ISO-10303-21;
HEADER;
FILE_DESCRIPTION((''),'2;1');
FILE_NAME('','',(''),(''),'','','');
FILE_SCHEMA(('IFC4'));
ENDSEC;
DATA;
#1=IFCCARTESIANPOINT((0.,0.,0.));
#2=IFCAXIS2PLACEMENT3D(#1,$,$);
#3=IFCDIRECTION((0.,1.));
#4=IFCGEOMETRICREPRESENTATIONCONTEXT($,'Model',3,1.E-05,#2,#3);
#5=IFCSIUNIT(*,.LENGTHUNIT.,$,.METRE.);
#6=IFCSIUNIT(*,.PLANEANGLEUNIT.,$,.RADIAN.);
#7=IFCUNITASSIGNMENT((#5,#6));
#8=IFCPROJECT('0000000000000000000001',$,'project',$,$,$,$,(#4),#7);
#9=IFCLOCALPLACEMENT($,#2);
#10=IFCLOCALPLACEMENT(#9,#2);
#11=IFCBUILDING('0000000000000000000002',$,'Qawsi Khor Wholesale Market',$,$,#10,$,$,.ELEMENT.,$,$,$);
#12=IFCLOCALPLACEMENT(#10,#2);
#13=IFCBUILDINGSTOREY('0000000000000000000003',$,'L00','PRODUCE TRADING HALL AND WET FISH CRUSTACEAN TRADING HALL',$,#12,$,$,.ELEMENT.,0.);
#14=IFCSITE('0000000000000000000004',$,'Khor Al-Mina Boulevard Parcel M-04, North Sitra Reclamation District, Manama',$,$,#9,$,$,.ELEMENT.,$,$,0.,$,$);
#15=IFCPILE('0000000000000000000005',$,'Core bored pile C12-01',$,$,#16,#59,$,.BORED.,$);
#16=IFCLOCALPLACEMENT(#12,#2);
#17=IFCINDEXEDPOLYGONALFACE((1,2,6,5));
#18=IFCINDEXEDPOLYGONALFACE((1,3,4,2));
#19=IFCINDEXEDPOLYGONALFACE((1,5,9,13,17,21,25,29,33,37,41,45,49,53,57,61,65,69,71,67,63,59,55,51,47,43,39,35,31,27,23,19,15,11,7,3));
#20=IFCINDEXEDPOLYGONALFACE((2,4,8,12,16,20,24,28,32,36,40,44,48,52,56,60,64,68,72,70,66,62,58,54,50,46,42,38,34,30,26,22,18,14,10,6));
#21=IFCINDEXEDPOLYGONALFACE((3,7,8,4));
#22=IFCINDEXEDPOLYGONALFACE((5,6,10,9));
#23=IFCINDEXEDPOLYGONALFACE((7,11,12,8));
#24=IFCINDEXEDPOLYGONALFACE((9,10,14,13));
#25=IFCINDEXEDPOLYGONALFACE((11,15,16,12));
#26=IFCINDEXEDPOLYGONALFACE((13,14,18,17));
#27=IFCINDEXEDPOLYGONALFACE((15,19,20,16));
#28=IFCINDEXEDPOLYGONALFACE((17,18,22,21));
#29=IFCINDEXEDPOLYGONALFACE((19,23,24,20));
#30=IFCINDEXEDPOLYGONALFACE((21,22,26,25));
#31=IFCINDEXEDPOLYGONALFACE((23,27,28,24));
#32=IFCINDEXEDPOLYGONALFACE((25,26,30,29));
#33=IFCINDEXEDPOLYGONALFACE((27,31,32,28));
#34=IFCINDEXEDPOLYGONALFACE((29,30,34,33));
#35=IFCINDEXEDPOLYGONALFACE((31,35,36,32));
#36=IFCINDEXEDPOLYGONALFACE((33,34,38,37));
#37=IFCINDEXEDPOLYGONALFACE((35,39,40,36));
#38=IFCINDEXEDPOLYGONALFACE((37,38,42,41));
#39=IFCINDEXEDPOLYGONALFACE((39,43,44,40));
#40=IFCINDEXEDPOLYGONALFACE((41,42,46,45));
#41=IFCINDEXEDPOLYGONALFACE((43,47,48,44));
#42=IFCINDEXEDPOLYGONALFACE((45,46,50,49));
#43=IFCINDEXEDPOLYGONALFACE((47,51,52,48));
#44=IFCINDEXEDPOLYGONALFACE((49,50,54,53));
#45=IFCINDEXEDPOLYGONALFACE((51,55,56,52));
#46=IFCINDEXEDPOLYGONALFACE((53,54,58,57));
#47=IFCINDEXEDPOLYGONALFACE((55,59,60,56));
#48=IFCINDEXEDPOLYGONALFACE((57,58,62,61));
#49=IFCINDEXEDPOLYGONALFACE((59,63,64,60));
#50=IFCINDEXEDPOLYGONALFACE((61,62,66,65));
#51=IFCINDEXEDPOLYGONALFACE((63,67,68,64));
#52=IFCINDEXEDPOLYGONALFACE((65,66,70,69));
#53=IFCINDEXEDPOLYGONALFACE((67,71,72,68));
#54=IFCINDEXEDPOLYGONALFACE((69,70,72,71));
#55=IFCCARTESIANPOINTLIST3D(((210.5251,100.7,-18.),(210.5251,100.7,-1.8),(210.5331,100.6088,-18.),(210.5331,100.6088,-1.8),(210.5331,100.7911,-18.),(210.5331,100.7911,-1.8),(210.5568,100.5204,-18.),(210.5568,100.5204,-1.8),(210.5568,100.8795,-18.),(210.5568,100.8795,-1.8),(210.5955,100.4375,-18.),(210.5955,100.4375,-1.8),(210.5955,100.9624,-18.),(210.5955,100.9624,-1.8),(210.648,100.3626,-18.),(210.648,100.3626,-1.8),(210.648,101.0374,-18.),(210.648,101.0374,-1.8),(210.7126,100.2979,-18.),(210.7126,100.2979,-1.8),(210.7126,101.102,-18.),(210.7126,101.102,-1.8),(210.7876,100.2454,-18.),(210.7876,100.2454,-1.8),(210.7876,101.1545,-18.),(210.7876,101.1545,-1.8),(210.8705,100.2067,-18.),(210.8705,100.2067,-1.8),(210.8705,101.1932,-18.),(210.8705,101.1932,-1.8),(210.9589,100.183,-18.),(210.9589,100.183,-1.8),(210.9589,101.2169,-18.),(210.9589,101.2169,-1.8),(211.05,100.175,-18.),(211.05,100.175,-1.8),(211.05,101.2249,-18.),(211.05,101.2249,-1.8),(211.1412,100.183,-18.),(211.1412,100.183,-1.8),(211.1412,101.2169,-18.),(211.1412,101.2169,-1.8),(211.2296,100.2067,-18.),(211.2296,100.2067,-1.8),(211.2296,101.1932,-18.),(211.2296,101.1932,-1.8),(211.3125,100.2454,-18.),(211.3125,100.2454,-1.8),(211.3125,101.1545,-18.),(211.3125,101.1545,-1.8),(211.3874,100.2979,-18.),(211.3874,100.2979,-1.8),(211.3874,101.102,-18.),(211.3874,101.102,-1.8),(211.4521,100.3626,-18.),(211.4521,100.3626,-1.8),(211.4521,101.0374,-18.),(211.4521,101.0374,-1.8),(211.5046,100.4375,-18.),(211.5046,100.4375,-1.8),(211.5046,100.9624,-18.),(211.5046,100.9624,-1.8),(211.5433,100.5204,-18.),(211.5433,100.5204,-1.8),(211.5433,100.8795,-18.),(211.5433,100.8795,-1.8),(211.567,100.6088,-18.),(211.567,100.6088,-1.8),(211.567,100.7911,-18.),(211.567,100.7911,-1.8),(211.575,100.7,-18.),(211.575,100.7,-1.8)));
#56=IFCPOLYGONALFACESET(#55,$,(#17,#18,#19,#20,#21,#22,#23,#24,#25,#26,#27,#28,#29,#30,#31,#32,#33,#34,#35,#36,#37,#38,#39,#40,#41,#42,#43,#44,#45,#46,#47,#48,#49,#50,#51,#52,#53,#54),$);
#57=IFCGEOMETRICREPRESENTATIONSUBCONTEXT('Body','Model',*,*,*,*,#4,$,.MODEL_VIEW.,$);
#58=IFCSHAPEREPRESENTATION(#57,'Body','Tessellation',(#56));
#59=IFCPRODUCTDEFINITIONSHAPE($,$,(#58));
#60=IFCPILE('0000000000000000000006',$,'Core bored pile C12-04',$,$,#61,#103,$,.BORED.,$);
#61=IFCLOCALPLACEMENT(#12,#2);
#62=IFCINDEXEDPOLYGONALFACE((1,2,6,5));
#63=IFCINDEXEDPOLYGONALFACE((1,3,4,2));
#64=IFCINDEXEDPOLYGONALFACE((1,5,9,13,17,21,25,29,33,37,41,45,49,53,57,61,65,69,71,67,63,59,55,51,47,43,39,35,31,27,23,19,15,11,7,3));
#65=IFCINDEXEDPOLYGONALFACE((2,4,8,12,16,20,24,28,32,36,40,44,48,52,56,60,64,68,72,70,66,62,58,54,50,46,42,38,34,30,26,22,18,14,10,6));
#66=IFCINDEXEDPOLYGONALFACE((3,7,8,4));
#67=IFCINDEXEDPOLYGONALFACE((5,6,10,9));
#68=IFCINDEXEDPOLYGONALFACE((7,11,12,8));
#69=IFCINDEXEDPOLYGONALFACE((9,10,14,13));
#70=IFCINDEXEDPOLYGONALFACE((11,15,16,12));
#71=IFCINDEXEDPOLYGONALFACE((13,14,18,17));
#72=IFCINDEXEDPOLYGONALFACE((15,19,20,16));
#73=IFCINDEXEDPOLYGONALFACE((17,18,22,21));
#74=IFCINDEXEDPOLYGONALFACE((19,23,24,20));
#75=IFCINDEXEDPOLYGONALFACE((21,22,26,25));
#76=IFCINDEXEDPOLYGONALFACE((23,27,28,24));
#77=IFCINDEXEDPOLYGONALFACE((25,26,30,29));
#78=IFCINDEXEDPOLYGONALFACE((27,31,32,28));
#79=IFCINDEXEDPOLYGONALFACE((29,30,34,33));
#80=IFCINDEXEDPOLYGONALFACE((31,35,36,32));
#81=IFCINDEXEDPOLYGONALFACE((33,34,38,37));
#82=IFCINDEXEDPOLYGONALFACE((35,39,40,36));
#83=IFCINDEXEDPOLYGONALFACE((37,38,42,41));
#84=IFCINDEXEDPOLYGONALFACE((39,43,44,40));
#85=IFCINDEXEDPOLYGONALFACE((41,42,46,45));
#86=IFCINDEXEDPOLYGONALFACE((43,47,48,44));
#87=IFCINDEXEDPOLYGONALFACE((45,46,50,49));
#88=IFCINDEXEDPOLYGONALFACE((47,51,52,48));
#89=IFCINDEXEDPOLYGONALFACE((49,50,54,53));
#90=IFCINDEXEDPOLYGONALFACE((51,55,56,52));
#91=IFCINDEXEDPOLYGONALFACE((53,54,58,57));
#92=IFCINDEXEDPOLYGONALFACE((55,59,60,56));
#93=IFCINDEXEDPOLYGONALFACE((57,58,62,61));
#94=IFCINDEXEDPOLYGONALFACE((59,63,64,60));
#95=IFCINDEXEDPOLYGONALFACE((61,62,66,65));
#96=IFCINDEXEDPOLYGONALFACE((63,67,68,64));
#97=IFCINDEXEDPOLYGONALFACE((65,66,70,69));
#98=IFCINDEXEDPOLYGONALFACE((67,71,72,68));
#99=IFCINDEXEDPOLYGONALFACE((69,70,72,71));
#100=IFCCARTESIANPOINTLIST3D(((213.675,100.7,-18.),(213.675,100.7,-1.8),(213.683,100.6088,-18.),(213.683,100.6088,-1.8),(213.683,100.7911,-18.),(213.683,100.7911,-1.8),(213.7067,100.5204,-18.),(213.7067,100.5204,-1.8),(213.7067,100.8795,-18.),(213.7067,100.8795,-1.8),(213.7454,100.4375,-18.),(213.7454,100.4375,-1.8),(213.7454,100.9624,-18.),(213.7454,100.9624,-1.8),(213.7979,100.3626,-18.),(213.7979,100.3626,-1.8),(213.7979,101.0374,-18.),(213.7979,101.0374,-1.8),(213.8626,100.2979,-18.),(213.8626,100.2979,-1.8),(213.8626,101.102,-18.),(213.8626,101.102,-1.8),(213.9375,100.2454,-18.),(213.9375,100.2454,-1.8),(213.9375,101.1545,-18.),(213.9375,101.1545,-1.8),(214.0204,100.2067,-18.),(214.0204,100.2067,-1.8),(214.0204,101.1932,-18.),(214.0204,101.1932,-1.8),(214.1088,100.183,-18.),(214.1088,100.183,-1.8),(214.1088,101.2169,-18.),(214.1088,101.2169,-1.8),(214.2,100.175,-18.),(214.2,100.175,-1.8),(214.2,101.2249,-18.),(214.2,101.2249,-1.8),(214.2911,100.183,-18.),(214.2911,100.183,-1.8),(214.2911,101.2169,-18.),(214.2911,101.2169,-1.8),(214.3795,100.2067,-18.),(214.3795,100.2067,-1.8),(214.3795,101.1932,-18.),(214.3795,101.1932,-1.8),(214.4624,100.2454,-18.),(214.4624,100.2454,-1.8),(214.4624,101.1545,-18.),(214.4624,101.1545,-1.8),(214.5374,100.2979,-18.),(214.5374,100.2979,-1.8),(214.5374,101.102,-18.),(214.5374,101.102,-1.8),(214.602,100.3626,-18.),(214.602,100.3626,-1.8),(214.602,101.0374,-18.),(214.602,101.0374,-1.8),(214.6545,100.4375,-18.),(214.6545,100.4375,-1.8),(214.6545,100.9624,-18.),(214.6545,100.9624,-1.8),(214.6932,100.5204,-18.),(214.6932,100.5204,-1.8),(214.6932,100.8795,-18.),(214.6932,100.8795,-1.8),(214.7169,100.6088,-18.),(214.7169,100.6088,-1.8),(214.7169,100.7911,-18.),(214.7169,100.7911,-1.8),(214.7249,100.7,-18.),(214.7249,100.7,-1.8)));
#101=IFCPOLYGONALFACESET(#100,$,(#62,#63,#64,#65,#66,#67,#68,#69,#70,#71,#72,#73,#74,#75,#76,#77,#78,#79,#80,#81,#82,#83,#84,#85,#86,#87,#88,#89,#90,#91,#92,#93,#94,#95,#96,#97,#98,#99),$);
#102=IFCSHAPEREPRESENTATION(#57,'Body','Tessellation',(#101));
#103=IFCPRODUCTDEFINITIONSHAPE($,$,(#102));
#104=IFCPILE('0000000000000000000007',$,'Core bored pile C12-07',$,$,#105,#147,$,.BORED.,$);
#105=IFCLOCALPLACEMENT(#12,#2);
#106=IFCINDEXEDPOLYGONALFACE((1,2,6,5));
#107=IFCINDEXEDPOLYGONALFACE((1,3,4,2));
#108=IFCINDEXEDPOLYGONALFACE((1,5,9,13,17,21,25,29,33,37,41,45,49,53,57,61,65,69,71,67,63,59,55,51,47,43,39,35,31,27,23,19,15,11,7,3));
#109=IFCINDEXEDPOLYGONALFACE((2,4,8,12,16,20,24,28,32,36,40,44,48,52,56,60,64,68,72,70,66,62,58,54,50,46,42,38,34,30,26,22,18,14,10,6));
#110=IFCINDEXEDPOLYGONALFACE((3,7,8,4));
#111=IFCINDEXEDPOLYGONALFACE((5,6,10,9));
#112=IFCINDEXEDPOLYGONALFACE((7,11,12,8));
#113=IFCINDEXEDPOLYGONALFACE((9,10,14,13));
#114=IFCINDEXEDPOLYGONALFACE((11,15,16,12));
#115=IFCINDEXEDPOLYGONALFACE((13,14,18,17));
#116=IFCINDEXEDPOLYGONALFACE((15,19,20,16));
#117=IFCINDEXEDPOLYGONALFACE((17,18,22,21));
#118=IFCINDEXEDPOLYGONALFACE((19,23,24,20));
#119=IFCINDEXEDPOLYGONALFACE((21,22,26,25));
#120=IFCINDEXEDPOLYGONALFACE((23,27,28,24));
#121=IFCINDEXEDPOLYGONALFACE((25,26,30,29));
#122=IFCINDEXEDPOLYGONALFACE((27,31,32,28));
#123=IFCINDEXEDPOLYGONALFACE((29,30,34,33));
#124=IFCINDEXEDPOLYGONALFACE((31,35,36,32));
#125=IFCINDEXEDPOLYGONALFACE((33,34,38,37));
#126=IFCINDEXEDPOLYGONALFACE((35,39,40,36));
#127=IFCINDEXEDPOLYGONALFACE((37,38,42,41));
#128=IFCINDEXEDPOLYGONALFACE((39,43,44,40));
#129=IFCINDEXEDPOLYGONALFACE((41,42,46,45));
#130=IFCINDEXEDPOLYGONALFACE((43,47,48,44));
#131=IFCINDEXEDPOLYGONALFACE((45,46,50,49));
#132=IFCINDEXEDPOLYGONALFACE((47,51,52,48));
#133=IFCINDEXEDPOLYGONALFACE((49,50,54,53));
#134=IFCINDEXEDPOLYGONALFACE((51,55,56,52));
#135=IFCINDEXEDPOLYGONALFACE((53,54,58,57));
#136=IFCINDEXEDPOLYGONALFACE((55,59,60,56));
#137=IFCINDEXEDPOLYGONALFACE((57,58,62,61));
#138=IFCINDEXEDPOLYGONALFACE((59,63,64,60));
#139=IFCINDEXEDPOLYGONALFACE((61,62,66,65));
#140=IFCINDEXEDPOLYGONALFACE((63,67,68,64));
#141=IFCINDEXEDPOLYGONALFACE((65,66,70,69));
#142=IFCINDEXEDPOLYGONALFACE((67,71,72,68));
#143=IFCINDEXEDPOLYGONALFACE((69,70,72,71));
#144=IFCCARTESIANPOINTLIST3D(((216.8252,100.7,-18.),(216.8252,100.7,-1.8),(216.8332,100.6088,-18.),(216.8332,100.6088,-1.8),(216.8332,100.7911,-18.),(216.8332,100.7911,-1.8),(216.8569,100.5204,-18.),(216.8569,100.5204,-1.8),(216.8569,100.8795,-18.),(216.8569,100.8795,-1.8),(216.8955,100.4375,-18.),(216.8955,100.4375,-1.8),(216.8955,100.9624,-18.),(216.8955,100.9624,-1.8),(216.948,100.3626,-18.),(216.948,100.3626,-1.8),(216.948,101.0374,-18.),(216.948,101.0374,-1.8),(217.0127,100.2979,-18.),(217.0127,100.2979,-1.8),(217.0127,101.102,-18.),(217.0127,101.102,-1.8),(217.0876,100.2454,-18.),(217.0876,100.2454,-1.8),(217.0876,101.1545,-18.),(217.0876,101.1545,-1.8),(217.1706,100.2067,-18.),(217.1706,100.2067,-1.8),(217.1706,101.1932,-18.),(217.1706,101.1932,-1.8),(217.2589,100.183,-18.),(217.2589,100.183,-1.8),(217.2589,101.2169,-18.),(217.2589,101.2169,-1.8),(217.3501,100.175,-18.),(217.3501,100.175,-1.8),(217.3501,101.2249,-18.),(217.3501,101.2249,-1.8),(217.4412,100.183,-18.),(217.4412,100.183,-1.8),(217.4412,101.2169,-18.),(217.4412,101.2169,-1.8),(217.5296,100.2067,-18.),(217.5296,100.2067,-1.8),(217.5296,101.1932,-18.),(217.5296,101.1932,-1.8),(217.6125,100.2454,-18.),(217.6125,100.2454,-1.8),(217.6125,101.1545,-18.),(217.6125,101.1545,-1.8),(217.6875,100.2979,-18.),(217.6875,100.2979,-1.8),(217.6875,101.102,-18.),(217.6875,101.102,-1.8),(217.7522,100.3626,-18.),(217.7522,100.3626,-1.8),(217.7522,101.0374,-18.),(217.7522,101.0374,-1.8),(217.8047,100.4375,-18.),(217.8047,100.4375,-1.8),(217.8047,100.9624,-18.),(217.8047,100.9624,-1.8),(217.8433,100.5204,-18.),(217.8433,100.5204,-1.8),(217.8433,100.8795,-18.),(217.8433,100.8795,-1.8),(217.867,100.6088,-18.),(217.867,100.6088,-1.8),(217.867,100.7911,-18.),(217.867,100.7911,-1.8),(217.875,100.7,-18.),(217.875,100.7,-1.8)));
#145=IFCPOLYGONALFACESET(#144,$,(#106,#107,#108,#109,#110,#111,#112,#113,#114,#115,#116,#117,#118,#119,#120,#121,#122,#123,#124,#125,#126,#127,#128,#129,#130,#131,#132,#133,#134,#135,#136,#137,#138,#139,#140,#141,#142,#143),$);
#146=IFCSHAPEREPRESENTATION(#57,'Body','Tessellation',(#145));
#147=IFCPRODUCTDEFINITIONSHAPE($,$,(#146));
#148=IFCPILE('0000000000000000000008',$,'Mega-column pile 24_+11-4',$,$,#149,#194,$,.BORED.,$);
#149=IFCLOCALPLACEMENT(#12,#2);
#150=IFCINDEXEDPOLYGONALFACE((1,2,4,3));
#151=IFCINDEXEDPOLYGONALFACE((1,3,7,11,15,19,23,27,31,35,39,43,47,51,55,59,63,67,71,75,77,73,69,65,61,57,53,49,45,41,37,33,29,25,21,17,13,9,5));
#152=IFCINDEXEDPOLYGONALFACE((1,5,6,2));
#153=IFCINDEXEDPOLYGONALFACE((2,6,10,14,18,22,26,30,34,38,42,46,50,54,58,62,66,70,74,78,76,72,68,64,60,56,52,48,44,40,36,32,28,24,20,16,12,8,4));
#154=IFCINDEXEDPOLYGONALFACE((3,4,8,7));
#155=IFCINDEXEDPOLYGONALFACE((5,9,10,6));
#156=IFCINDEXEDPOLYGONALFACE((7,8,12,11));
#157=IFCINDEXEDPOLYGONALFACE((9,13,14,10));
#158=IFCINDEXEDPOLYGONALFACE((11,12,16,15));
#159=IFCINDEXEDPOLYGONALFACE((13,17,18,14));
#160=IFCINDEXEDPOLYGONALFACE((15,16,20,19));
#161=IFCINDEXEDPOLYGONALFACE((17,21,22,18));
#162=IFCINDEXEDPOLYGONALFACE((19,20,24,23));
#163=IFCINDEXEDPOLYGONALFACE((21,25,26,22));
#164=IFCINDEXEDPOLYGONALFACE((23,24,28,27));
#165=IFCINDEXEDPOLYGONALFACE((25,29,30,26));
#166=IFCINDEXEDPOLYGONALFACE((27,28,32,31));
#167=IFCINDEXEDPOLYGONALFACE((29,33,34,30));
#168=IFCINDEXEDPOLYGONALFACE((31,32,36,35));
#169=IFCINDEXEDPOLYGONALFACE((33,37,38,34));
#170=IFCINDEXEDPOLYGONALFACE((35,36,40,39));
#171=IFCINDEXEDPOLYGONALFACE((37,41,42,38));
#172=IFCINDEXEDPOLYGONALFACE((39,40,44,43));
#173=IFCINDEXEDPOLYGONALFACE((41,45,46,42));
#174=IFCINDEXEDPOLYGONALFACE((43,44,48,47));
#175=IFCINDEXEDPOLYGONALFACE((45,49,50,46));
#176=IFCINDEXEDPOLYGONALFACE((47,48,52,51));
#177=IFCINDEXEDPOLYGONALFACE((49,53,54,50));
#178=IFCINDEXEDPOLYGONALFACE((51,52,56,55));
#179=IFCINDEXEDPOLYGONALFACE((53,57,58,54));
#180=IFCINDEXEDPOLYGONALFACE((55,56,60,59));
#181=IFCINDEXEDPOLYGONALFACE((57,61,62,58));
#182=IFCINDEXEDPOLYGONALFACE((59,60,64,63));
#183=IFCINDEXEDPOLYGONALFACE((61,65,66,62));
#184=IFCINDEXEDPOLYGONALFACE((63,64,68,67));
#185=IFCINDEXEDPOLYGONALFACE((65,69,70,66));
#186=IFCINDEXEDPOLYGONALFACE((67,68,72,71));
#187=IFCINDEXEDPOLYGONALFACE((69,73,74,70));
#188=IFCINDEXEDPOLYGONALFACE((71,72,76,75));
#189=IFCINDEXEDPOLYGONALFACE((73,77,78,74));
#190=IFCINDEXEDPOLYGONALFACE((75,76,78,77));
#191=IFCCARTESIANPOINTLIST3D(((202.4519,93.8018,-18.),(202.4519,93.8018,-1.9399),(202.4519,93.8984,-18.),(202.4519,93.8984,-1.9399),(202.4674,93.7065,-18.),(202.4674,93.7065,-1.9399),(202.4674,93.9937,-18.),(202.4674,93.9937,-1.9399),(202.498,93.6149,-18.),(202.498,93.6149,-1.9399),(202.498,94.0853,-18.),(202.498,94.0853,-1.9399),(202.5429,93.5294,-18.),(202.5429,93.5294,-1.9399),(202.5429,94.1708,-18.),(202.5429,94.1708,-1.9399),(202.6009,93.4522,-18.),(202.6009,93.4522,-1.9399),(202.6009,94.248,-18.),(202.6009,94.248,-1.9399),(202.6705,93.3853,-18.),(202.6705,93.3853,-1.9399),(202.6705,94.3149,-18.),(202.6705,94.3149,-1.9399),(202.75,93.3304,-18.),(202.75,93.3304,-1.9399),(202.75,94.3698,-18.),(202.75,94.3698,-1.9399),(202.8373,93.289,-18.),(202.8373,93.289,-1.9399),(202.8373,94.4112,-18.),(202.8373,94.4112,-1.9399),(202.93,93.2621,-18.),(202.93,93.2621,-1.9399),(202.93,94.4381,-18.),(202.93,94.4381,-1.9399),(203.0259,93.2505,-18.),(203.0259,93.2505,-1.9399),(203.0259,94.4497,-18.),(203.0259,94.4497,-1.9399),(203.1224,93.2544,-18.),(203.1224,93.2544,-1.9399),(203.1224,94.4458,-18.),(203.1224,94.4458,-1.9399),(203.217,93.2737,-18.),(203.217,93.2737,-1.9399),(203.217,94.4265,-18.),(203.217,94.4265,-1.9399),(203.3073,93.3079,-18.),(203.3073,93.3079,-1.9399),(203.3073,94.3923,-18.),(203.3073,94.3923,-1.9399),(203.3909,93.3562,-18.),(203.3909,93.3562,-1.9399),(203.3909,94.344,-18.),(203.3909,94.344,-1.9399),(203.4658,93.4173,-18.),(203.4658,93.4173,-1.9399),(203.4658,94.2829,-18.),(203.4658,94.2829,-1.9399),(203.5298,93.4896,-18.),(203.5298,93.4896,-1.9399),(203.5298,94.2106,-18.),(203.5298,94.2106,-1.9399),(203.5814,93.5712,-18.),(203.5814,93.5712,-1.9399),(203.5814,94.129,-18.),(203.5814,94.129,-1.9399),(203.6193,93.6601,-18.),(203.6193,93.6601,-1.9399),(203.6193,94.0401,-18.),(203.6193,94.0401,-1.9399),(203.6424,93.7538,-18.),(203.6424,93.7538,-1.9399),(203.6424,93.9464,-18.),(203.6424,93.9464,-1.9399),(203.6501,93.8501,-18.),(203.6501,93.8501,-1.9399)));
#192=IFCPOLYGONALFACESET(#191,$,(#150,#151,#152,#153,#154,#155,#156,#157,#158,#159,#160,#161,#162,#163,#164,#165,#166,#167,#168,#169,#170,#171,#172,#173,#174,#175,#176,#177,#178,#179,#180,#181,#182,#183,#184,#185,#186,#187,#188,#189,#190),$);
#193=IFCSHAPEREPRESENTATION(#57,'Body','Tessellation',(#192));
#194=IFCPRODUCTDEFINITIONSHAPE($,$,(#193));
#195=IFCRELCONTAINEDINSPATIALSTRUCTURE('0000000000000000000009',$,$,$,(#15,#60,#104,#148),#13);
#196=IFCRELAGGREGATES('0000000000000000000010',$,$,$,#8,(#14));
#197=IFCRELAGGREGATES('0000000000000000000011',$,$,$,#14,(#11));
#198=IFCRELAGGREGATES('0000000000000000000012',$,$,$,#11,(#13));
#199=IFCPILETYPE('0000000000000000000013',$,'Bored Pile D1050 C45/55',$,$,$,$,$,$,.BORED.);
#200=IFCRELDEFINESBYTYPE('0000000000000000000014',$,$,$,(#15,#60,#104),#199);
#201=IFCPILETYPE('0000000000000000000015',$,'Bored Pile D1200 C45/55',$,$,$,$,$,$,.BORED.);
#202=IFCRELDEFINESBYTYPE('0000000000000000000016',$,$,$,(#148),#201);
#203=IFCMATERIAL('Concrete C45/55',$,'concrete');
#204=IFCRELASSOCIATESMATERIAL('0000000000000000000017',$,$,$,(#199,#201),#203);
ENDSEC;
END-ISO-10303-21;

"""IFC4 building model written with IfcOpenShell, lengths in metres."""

from ifc_helpers import new_model, si_unit, direction, frame, origin, origin_2d, place, context, subcontext, project, spatial, circle, extrude, material, material_profile, profile_set, type_object, element, save


model = new_model("IFC4")

# Units and contexts
model_context = context("Model", 3, precision=1e-05, world=origin(), true_north=direction((0.0, 1.0)))
body_context = subcontext(model_context, "Body", "Model", "MODEL_VIEW")
ifc_project = project(units=[si_unit("LENGTHUNIT", "METRE"), si_unit("PLANEANGLEUNIT", "RADIAN")], contexts=[model_context])

# Site, building, storey
site_placement = place(None, origin())
site = spatial("IfcSite", under=ifc_project, at=site_placement, Name="Khor Al-Mina Boulevard Parcel M-04, North Sitra Reclamation District, Manama", CompositionType="ELEMENT", RefElevation=0.0)
building_placement = place(site_placement, origin())
building = spatial("IfcBuilding", under=site, at=building_placement, Name="Qawsi Khor Wholesale Market", CompositionType="ELEMENT")
storey_placement = place(building_placement, origin())
storey = spatial("IfcBuildingStorey", under=building, at=storey_placement, Name="L00", Description="PRODUCE TRADING HALL AND WET FISH CRUSTACEAN TRADING HALL", CompositionType="ELEMENT", Elevation=0.0)

# Piles
ifc_material_1 = material(Name="Concrete C45/55", Category="concrete")
ifc_material_profile_1 = material_profile(ifc_material_1, circle(Radius=0.5249, at=origin_2d()), Name="PILE D1050")
ifc_profile_set_1 = profile_set([ifc_material_profile_1], Name="Concrete C45/55")
pile_type_1 = type_object("IfcPileType", Name="Bored Pile D1050 C45/55", PredefinedType="BORED", material=ifc_profile_set_1)
for number, where, z_axis, x_axis, name in (
    (1, (211.05, 100.7, -1.8), (0.0, 0.0, -1.0), (1.0, 0.0, 0.0), "Core bored pile C12-01"),
    (2, (214.2, 100.7, -1.8), (0.0, 0.0, -1.0), (1.0, 0.0, 0.0), "Core bored pile C12-04"),
    (3, (217.3501, 100.7, -1.8), (0.0, 0.0, -1.0), (1.0, 0.0, 0.0), "Core bored pile C12-07"),
):
    element("IfcPile", number, at=place(storey_placement, frame(where, z_axis=z_axis, x_axis=x_axis)), inside=storey, type_object=pile_type_1, Name=name, PredefinedType="BORED", context=body_context, shape_type="SweptSolid", body=[
        extrude(circle(Radius=0.5249, at=origin_2d()), origin(), (0.0, 0.0, 1.0), 16.2),
    ])
ifc_material_profile_2 = material_profile(ifc_material_1, circle(Radius=0.6001, at=origin_2d()), Name="PILE D1200")
ifc_profile_set_2 = profile_set([ifc_material_profile_2], Name="Concrete C45/55")
pile_type_2 = type_object("IfcPileType", Name="Bored Pile D1200 C45/55", PredefinedType="BORED", material=ifc_profile_set_2)
pile_placement = place(storey_placement, frame((203.05, 93.8501, -1.9399), z_axis=(0.0, 0.0, -1.0), x_axis=(1.0, 0.0, 0.0)))
element("IfcPile", 4, at=pile_placement, inside=storey, type_object=pile_type_2, Name="Mega-column pile 24_+11-4", PredefinedType="BORED", context=body_context, shape_type="SweptSolid", body=[
    extrude(circle(Radius=0.6001, at=origin_2d()), origin(), (0.0, 0.0, 1.0), 16.0601),
])

save(model, "model.ifc")
